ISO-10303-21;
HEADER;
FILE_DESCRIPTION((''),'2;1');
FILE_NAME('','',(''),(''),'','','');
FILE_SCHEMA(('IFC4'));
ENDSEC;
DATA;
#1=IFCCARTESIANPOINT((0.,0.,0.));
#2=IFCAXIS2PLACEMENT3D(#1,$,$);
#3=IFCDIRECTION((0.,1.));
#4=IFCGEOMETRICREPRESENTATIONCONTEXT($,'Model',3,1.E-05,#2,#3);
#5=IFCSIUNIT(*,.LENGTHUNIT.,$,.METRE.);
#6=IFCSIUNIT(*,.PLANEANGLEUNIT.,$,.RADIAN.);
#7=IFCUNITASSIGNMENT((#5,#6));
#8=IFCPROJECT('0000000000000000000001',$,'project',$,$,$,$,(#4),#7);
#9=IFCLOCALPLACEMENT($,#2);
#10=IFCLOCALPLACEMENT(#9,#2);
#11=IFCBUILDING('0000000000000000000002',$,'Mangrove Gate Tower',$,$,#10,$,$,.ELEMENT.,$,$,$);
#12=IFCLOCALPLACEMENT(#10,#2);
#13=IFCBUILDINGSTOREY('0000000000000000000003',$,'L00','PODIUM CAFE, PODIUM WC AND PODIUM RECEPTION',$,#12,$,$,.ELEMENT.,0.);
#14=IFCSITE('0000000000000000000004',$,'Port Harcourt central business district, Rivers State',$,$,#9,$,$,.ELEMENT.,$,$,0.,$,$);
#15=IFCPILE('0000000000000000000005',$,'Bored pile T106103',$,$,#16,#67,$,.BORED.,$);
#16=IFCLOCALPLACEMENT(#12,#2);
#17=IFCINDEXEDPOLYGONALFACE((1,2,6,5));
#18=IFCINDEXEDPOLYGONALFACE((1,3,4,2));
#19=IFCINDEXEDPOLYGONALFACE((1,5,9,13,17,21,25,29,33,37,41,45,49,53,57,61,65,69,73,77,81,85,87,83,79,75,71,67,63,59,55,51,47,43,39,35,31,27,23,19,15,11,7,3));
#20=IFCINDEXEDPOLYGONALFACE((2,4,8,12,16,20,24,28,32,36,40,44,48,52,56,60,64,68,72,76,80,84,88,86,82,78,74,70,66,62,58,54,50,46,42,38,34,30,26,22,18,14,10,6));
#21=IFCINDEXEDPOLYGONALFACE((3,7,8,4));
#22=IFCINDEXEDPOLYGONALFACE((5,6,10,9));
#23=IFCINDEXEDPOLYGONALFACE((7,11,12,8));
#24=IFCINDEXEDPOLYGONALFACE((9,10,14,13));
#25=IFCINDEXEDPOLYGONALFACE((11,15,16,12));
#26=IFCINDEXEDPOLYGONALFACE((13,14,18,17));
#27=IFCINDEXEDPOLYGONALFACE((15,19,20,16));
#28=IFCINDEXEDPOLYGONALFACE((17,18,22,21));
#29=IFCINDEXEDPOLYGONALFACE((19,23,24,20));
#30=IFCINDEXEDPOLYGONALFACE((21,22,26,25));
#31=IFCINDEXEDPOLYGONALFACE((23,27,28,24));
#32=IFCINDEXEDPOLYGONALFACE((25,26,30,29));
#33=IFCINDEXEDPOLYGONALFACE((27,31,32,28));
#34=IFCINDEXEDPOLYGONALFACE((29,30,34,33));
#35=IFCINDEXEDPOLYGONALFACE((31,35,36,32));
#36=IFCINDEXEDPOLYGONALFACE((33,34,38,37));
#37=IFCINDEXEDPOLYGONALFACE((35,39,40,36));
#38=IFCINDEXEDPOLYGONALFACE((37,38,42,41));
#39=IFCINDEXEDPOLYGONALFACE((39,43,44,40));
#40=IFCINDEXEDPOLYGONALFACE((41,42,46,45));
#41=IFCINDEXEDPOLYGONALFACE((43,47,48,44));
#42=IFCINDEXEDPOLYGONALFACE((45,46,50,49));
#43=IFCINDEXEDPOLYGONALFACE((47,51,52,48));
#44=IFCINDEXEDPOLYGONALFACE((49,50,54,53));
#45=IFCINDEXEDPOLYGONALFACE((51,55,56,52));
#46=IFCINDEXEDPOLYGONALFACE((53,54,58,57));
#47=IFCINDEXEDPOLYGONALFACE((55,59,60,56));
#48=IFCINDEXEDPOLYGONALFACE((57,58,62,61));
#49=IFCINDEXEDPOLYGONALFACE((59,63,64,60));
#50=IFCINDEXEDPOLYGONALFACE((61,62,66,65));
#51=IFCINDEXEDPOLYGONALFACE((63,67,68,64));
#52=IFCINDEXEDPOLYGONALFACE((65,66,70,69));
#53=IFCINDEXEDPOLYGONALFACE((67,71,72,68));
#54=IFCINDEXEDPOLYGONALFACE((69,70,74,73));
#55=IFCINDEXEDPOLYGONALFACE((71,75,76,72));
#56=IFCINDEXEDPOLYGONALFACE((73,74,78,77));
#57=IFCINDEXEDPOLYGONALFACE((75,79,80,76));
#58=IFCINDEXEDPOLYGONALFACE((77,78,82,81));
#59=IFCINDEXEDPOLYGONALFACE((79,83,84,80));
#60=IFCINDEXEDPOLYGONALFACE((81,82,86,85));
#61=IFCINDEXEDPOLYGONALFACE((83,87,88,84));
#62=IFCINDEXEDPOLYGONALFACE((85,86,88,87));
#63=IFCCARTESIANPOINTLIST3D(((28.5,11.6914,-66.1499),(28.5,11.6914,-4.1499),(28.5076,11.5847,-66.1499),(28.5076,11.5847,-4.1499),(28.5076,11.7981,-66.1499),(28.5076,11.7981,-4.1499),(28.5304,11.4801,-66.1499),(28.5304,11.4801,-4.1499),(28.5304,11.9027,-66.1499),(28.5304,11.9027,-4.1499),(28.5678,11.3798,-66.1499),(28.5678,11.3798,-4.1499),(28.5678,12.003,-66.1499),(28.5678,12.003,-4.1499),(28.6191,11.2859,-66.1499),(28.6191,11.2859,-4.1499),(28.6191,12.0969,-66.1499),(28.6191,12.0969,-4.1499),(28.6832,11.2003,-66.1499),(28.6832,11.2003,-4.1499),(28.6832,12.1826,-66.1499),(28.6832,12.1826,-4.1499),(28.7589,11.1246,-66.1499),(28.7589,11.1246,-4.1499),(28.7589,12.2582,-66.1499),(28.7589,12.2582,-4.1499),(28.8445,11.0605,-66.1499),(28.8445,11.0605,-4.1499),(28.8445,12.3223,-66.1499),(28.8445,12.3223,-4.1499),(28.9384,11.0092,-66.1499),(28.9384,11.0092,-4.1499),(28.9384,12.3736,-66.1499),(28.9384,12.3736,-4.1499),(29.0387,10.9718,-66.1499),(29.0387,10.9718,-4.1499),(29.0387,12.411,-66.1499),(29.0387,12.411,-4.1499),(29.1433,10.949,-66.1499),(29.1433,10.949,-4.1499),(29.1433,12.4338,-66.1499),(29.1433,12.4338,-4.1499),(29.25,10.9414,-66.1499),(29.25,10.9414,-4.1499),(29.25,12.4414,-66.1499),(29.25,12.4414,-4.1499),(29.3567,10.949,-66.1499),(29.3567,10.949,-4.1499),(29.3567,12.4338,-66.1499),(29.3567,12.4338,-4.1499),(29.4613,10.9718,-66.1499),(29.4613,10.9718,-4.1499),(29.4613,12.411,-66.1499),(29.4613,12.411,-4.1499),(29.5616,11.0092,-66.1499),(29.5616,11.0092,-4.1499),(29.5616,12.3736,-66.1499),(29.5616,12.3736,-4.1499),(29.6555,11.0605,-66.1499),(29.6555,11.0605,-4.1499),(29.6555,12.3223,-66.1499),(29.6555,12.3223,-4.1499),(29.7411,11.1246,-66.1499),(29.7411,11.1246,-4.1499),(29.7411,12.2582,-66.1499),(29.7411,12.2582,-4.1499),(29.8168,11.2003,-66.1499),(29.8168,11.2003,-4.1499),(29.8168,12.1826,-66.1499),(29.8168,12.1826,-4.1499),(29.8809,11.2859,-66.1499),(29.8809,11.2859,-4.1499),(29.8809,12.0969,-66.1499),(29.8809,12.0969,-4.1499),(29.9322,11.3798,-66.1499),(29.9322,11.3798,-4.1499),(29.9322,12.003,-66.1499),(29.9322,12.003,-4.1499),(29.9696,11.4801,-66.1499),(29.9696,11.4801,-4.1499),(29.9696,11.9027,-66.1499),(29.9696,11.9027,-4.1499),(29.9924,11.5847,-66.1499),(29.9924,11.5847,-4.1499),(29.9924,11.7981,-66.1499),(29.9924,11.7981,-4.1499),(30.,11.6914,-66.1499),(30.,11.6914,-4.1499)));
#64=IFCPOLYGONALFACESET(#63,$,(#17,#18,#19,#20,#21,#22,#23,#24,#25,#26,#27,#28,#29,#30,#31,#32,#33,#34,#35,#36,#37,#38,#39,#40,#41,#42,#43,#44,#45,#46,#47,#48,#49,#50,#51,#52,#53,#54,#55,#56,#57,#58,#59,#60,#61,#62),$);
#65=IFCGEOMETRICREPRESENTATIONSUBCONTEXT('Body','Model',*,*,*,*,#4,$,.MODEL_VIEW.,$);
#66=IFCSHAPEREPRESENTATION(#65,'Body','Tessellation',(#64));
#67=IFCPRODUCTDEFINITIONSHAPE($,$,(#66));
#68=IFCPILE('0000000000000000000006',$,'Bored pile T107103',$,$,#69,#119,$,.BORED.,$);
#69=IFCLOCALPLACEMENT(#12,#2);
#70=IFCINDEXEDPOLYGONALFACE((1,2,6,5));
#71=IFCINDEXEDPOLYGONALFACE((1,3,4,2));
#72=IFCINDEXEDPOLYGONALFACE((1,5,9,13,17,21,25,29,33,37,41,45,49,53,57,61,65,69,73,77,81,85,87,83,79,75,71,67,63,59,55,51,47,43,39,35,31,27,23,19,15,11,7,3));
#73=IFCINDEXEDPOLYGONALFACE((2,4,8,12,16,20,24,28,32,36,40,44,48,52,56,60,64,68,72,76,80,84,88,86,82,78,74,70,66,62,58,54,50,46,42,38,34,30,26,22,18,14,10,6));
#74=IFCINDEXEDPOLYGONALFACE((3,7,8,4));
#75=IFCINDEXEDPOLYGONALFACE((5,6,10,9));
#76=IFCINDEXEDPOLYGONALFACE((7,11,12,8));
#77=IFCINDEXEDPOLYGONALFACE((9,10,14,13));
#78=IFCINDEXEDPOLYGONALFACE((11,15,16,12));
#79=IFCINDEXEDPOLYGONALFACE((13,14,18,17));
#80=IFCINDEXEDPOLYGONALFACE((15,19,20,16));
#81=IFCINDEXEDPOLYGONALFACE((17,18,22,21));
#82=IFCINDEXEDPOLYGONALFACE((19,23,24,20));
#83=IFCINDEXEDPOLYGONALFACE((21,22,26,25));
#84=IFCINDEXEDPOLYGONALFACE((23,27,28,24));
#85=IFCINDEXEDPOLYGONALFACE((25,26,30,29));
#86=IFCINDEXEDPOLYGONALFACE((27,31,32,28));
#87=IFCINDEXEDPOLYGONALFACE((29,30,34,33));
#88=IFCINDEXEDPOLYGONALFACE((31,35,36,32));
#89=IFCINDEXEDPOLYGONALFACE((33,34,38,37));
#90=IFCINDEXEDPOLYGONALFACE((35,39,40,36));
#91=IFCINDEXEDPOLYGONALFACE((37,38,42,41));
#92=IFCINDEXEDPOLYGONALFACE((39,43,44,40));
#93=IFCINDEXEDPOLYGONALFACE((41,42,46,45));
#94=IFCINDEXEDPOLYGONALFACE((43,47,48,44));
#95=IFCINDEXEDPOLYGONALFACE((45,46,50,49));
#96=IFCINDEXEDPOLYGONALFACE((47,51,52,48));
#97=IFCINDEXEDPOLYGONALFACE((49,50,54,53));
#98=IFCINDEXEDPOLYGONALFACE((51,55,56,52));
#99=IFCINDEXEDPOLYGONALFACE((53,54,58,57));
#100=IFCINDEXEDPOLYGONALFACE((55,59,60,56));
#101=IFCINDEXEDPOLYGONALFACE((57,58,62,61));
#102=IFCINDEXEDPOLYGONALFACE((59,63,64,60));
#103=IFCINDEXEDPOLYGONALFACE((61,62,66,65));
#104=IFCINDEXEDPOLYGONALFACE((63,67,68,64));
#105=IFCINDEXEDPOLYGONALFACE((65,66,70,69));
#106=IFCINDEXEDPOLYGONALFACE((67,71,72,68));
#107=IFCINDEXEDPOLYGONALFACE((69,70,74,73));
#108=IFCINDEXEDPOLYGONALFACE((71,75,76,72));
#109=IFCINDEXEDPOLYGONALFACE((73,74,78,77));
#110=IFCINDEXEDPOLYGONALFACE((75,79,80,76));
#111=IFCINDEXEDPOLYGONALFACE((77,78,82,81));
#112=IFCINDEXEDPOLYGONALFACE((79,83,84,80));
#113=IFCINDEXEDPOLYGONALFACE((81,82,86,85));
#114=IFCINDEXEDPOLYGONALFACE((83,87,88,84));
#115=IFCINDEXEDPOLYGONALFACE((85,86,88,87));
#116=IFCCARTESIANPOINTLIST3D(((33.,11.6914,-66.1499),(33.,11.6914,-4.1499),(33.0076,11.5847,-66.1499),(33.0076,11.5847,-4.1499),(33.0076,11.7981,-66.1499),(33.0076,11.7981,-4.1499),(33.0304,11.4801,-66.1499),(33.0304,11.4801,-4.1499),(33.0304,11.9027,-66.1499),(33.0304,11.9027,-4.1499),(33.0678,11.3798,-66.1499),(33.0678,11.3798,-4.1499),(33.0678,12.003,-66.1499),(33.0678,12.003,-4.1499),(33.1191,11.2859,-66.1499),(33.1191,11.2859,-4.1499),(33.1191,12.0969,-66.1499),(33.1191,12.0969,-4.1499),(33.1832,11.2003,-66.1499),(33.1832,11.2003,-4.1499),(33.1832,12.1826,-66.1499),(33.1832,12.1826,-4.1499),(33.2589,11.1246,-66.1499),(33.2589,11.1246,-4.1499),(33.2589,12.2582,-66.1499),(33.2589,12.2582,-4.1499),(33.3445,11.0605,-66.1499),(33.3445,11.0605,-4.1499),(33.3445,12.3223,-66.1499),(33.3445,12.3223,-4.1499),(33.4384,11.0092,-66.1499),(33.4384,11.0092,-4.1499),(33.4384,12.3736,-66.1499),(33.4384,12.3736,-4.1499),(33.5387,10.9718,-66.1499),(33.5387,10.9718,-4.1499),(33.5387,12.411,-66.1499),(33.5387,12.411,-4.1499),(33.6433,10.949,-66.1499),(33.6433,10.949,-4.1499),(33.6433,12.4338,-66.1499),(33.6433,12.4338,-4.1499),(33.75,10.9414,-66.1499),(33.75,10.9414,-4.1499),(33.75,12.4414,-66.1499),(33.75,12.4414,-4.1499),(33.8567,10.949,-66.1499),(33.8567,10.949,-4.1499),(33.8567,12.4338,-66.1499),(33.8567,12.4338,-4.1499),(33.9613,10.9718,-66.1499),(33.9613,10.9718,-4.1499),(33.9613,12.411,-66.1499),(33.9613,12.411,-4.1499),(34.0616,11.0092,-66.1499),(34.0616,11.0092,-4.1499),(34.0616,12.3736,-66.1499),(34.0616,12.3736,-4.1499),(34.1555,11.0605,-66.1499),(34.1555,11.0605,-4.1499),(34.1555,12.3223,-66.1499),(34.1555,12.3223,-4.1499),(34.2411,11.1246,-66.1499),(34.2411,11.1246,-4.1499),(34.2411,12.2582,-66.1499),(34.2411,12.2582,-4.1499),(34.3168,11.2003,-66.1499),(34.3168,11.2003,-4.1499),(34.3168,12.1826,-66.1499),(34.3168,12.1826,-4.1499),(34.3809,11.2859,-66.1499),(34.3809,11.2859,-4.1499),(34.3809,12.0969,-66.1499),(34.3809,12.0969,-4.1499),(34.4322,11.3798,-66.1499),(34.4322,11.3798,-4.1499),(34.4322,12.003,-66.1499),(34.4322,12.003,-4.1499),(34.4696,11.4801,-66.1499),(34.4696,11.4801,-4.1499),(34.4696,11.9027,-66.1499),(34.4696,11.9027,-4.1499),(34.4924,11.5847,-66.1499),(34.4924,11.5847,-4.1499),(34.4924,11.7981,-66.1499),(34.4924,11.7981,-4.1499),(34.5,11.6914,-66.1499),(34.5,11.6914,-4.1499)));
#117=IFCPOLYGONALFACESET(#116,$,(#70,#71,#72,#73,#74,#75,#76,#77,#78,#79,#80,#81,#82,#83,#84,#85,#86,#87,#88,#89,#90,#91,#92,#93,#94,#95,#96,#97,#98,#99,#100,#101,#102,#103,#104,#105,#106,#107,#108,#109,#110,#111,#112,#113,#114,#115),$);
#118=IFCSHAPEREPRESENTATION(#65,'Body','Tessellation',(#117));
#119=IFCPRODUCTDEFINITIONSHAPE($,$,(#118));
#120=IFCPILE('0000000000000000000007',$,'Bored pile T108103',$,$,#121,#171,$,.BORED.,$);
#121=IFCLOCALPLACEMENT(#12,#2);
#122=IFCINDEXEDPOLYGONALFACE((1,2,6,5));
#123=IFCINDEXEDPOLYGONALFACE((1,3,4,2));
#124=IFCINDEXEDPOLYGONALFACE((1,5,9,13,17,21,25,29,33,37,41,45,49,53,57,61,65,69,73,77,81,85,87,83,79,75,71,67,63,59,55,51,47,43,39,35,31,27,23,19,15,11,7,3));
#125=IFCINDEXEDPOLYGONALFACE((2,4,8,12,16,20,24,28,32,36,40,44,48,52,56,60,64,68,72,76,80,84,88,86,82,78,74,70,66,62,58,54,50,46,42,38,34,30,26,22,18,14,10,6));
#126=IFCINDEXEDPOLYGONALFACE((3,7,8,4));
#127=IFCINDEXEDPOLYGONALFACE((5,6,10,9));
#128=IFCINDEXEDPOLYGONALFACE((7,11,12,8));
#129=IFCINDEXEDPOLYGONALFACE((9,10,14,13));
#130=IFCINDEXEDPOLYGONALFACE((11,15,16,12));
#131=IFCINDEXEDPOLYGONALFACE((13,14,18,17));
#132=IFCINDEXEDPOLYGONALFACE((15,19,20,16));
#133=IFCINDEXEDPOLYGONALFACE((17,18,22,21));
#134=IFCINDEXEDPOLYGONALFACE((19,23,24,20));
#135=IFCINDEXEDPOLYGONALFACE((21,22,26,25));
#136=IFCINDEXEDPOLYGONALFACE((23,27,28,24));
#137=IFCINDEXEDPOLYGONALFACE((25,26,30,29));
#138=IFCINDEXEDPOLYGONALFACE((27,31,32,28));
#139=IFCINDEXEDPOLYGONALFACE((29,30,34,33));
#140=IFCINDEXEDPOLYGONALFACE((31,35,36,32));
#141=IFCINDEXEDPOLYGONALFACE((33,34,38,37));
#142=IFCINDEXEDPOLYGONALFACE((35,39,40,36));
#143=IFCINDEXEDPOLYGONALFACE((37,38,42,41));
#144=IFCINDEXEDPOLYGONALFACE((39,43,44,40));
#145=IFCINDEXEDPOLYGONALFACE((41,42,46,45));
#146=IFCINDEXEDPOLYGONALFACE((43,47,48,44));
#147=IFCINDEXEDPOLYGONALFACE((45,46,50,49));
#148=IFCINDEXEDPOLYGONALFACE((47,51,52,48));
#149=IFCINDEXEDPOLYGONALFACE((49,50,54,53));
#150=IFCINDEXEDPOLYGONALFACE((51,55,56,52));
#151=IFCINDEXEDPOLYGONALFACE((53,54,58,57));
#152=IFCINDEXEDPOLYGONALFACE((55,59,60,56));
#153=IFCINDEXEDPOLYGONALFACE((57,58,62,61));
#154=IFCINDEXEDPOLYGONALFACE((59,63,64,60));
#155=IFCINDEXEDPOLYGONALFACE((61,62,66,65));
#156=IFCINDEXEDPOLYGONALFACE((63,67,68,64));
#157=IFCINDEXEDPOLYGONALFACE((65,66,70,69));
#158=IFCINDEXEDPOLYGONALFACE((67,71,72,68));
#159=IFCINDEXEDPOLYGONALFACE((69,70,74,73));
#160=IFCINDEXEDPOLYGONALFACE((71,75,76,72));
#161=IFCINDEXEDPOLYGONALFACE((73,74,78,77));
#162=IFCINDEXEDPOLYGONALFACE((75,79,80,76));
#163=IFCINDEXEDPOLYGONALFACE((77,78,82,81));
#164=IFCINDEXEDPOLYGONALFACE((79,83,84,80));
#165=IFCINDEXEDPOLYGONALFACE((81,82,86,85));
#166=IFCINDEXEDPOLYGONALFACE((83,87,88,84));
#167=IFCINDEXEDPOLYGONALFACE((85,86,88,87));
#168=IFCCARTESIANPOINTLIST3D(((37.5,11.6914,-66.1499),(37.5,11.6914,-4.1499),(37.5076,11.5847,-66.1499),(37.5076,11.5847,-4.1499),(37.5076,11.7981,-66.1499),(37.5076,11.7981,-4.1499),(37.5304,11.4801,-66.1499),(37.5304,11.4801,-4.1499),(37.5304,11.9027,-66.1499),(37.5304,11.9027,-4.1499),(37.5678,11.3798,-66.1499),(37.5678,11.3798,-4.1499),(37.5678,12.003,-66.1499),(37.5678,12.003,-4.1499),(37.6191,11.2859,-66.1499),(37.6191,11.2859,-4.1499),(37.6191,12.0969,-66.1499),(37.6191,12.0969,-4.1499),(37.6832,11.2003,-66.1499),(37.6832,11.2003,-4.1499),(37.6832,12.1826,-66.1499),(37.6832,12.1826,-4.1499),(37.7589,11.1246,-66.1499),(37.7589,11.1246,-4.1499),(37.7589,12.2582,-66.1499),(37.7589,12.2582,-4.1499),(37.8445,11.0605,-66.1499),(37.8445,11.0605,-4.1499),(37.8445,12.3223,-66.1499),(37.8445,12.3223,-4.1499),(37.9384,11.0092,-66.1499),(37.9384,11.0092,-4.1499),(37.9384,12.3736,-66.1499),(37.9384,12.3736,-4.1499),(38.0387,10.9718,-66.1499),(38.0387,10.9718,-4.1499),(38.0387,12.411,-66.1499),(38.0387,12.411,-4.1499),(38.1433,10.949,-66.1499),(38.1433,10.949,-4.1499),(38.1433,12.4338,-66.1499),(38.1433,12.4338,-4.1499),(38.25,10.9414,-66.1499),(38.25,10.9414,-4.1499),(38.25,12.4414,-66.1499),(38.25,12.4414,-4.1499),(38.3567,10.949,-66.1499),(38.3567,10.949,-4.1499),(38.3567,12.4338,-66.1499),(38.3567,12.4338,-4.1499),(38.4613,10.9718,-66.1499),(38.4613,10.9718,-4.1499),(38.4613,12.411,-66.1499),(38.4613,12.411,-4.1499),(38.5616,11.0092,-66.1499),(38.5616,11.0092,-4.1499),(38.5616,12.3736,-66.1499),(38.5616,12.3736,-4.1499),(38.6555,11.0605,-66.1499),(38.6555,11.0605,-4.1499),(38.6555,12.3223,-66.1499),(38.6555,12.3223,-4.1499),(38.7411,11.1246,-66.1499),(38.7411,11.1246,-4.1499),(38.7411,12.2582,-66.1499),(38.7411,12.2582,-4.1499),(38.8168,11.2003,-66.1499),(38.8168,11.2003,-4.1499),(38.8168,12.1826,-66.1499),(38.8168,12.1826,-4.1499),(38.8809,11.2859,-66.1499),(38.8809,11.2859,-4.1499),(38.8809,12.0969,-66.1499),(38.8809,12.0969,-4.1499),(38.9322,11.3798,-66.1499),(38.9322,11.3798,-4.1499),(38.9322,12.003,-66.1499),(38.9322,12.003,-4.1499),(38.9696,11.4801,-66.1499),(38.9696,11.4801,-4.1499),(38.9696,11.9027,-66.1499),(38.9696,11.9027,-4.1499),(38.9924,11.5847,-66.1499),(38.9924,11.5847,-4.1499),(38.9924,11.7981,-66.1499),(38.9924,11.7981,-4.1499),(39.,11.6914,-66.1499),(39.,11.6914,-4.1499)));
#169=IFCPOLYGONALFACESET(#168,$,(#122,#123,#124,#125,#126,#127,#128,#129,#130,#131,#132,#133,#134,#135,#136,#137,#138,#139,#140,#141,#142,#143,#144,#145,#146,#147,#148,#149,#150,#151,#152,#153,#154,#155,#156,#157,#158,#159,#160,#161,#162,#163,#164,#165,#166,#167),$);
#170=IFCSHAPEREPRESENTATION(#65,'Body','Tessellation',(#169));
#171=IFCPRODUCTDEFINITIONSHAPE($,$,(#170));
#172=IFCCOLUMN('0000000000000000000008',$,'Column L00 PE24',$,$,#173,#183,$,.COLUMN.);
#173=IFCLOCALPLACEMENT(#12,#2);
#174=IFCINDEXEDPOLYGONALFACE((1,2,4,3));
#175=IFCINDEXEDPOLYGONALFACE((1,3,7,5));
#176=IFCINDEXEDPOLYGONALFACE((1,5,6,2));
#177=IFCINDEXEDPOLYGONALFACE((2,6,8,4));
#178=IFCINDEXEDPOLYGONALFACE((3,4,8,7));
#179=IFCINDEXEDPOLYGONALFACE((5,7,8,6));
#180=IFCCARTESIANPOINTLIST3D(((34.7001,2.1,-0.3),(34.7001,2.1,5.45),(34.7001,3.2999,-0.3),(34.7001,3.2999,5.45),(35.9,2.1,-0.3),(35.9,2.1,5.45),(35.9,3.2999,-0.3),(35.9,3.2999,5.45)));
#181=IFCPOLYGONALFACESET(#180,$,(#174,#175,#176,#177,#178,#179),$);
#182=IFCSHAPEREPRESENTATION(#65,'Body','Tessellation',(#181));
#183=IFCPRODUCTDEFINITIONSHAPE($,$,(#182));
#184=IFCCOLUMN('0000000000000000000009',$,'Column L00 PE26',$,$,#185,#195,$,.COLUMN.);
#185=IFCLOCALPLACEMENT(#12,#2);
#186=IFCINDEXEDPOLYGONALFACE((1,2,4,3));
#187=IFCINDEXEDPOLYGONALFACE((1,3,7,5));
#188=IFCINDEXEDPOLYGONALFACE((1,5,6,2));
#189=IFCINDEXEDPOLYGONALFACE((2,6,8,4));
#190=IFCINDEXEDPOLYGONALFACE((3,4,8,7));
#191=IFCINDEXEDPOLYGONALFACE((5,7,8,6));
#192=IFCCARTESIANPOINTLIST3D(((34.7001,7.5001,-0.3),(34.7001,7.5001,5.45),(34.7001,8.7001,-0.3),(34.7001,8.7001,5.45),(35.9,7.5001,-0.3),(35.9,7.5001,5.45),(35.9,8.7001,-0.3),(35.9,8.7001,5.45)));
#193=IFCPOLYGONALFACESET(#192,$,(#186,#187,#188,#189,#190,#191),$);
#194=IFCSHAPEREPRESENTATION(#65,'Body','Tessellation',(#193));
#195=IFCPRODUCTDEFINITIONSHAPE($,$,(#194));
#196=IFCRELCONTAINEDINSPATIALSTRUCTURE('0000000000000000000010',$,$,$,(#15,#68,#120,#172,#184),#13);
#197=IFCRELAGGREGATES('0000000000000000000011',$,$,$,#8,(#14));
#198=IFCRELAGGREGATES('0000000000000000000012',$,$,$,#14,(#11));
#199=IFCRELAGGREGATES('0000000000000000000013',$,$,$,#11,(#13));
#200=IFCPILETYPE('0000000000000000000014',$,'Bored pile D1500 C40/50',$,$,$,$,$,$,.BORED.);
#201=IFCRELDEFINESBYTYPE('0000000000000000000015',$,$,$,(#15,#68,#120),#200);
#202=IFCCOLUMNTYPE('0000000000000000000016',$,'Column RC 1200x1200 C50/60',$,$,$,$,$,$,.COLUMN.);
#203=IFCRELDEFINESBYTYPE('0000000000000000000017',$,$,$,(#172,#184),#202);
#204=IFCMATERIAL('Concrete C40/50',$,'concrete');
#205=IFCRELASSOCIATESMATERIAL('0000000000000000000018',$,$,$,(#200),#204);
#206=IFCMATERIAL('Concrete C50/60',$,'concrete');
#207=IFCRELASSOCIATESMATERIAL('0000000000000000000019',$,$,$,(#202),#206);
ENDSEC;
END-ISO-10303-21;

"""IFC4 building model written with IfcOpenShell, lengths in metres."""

from ifc_helpers import new_model, si_unit, direction, frame, origin, origin_2d, place, context, subcontext, project, spatial, rectangle, circle, extrude, material, material_profile, profile_set, type_object, element, save


model = new_model("IFC4")

# Units and contexts
model_context = context("Model", 3, precision=1e-05, world=origin(), true_north=direction((0.0, 1.0)))
body_context = subcontext(model_context, "Body", "Model", "MODEL_VIEW")
ifc_project = project(units=[si_unit("LENGTHUNIT", "METRE"), si_unit("PLANEANGLEUNIT", "RADIAN")], contexts=[model_context])

# Site, building, storey
site_placement = place(None, origin())
site = spatial("IfcSite", under=ifc_project, at=site_placement, Name="Port Harcourt central business district, Rivers State", CompositionType="ELEMENT", RefElevation=0.0)
building_placement = place(site_placement, origin())
building = spatial("IfcBuilding", under=site, at=building_placement, Name="Mangrove Gate Tower", CompositionType="ELEMENT")
storey_placement = place(building_placement, origin())
storey = spatial("IfcBuildingStorey", under=building, at=storey_placement, Name="L00", Description="PODIUM CAFE, PODIUM WC AND PODIUM RECEPTION", CompositionType="ELEMENT", Elevation=0.0)

# Piles
ifc_material_1 = material(Name="Concrete C40/50", Category="concrete")
ifc_material_profile_1 = material_profile(ifc_material_1, circle(Radius=0.75, at=origin_2d()))
ifc_profile_set_1 = profile_set([ifc_material_profile_1], Name="Concrete C40/50")
pile_type = type_object("IfcPileType", Name="Bored pile D1500 C40/50", PredefinedType="BORED", material=ifc_profile_set_1)
for number, where, z_axis, x_axis, name in (
    (1, (29.25, 11.6914, -4.1499), (0.0, 0.0, -1.0), (1.0, 0.0, 0.0), "Bored pile T106103"),
    (2, (33.75, 11.6914, -4.1499), (0.0, 0.0, -1.0), (1.0, 0.0, 0.0), "Bored pile T107103"),
    (3, (38.25, 11.6914, -4.1499), (0.0, 0.0, -1.0), (1.0, 0.0, 0.0), "Bored pile T108103"),
):
    element("IfcPile", number, at=place(storey_placement, frame(where, z_axis=z_axis, x_axis=x_axis)), inside=storey, type_object=pile_type, Name=name, PredefinedType="BORED", context=body_context, shape_type="SweptSolid", body=[
        extrude(circle(Radius=0.75, at=origin_2d()), origin(), (0.0, 0.0, 1.0), 62.0),
    ])

# Columns
ifc_material_2 = material(Name="Concrete C50/60", Category="concrete")
ifc_material_profile_2 = material_profile(ifc_material_2, rectangle(XDim=1.2, YDim=1.2, at=origin_2d()))
ifc_profile_set_2 = profile_set([ifc_material_profile_2], Name="Concrete C50/60")
column_type_1 = type_object("IfcColumnType", Name="Column RC 1200x1200 C50/60", PredefinedType="COLUMN", material=ifc_profile_set_2)
for number, where, z_axis, x_axis, name in (
    (4, (35.3, 2.7, -0.3), (0.0, 0.0, 1.0), (1.0, 0.0, 0.0), "Column L00 PE24"),
    (5, (35.3, 8.1001, -0.3), (0.0, 0.0, 1.0), (1.0, 0.0, 0.0), "Column L00 PE26"),
):
    element("IfcColumn", number, at=place(storey_placement, frame(where, z_axis=z_axis, x_axis=x_axis)), inside=storey, type_object=column_type_1, Name=name, PredefinedType="COLUMN", context=body_context, shape_type="SweptSolid", body=[
        extrude(rectangle(XDim=1.2, YDim=1.2, at=origin_2d()), origin(), (0.0, 0.0, 1.0), 5.75),
    ])

save(model, "model.ifc")
